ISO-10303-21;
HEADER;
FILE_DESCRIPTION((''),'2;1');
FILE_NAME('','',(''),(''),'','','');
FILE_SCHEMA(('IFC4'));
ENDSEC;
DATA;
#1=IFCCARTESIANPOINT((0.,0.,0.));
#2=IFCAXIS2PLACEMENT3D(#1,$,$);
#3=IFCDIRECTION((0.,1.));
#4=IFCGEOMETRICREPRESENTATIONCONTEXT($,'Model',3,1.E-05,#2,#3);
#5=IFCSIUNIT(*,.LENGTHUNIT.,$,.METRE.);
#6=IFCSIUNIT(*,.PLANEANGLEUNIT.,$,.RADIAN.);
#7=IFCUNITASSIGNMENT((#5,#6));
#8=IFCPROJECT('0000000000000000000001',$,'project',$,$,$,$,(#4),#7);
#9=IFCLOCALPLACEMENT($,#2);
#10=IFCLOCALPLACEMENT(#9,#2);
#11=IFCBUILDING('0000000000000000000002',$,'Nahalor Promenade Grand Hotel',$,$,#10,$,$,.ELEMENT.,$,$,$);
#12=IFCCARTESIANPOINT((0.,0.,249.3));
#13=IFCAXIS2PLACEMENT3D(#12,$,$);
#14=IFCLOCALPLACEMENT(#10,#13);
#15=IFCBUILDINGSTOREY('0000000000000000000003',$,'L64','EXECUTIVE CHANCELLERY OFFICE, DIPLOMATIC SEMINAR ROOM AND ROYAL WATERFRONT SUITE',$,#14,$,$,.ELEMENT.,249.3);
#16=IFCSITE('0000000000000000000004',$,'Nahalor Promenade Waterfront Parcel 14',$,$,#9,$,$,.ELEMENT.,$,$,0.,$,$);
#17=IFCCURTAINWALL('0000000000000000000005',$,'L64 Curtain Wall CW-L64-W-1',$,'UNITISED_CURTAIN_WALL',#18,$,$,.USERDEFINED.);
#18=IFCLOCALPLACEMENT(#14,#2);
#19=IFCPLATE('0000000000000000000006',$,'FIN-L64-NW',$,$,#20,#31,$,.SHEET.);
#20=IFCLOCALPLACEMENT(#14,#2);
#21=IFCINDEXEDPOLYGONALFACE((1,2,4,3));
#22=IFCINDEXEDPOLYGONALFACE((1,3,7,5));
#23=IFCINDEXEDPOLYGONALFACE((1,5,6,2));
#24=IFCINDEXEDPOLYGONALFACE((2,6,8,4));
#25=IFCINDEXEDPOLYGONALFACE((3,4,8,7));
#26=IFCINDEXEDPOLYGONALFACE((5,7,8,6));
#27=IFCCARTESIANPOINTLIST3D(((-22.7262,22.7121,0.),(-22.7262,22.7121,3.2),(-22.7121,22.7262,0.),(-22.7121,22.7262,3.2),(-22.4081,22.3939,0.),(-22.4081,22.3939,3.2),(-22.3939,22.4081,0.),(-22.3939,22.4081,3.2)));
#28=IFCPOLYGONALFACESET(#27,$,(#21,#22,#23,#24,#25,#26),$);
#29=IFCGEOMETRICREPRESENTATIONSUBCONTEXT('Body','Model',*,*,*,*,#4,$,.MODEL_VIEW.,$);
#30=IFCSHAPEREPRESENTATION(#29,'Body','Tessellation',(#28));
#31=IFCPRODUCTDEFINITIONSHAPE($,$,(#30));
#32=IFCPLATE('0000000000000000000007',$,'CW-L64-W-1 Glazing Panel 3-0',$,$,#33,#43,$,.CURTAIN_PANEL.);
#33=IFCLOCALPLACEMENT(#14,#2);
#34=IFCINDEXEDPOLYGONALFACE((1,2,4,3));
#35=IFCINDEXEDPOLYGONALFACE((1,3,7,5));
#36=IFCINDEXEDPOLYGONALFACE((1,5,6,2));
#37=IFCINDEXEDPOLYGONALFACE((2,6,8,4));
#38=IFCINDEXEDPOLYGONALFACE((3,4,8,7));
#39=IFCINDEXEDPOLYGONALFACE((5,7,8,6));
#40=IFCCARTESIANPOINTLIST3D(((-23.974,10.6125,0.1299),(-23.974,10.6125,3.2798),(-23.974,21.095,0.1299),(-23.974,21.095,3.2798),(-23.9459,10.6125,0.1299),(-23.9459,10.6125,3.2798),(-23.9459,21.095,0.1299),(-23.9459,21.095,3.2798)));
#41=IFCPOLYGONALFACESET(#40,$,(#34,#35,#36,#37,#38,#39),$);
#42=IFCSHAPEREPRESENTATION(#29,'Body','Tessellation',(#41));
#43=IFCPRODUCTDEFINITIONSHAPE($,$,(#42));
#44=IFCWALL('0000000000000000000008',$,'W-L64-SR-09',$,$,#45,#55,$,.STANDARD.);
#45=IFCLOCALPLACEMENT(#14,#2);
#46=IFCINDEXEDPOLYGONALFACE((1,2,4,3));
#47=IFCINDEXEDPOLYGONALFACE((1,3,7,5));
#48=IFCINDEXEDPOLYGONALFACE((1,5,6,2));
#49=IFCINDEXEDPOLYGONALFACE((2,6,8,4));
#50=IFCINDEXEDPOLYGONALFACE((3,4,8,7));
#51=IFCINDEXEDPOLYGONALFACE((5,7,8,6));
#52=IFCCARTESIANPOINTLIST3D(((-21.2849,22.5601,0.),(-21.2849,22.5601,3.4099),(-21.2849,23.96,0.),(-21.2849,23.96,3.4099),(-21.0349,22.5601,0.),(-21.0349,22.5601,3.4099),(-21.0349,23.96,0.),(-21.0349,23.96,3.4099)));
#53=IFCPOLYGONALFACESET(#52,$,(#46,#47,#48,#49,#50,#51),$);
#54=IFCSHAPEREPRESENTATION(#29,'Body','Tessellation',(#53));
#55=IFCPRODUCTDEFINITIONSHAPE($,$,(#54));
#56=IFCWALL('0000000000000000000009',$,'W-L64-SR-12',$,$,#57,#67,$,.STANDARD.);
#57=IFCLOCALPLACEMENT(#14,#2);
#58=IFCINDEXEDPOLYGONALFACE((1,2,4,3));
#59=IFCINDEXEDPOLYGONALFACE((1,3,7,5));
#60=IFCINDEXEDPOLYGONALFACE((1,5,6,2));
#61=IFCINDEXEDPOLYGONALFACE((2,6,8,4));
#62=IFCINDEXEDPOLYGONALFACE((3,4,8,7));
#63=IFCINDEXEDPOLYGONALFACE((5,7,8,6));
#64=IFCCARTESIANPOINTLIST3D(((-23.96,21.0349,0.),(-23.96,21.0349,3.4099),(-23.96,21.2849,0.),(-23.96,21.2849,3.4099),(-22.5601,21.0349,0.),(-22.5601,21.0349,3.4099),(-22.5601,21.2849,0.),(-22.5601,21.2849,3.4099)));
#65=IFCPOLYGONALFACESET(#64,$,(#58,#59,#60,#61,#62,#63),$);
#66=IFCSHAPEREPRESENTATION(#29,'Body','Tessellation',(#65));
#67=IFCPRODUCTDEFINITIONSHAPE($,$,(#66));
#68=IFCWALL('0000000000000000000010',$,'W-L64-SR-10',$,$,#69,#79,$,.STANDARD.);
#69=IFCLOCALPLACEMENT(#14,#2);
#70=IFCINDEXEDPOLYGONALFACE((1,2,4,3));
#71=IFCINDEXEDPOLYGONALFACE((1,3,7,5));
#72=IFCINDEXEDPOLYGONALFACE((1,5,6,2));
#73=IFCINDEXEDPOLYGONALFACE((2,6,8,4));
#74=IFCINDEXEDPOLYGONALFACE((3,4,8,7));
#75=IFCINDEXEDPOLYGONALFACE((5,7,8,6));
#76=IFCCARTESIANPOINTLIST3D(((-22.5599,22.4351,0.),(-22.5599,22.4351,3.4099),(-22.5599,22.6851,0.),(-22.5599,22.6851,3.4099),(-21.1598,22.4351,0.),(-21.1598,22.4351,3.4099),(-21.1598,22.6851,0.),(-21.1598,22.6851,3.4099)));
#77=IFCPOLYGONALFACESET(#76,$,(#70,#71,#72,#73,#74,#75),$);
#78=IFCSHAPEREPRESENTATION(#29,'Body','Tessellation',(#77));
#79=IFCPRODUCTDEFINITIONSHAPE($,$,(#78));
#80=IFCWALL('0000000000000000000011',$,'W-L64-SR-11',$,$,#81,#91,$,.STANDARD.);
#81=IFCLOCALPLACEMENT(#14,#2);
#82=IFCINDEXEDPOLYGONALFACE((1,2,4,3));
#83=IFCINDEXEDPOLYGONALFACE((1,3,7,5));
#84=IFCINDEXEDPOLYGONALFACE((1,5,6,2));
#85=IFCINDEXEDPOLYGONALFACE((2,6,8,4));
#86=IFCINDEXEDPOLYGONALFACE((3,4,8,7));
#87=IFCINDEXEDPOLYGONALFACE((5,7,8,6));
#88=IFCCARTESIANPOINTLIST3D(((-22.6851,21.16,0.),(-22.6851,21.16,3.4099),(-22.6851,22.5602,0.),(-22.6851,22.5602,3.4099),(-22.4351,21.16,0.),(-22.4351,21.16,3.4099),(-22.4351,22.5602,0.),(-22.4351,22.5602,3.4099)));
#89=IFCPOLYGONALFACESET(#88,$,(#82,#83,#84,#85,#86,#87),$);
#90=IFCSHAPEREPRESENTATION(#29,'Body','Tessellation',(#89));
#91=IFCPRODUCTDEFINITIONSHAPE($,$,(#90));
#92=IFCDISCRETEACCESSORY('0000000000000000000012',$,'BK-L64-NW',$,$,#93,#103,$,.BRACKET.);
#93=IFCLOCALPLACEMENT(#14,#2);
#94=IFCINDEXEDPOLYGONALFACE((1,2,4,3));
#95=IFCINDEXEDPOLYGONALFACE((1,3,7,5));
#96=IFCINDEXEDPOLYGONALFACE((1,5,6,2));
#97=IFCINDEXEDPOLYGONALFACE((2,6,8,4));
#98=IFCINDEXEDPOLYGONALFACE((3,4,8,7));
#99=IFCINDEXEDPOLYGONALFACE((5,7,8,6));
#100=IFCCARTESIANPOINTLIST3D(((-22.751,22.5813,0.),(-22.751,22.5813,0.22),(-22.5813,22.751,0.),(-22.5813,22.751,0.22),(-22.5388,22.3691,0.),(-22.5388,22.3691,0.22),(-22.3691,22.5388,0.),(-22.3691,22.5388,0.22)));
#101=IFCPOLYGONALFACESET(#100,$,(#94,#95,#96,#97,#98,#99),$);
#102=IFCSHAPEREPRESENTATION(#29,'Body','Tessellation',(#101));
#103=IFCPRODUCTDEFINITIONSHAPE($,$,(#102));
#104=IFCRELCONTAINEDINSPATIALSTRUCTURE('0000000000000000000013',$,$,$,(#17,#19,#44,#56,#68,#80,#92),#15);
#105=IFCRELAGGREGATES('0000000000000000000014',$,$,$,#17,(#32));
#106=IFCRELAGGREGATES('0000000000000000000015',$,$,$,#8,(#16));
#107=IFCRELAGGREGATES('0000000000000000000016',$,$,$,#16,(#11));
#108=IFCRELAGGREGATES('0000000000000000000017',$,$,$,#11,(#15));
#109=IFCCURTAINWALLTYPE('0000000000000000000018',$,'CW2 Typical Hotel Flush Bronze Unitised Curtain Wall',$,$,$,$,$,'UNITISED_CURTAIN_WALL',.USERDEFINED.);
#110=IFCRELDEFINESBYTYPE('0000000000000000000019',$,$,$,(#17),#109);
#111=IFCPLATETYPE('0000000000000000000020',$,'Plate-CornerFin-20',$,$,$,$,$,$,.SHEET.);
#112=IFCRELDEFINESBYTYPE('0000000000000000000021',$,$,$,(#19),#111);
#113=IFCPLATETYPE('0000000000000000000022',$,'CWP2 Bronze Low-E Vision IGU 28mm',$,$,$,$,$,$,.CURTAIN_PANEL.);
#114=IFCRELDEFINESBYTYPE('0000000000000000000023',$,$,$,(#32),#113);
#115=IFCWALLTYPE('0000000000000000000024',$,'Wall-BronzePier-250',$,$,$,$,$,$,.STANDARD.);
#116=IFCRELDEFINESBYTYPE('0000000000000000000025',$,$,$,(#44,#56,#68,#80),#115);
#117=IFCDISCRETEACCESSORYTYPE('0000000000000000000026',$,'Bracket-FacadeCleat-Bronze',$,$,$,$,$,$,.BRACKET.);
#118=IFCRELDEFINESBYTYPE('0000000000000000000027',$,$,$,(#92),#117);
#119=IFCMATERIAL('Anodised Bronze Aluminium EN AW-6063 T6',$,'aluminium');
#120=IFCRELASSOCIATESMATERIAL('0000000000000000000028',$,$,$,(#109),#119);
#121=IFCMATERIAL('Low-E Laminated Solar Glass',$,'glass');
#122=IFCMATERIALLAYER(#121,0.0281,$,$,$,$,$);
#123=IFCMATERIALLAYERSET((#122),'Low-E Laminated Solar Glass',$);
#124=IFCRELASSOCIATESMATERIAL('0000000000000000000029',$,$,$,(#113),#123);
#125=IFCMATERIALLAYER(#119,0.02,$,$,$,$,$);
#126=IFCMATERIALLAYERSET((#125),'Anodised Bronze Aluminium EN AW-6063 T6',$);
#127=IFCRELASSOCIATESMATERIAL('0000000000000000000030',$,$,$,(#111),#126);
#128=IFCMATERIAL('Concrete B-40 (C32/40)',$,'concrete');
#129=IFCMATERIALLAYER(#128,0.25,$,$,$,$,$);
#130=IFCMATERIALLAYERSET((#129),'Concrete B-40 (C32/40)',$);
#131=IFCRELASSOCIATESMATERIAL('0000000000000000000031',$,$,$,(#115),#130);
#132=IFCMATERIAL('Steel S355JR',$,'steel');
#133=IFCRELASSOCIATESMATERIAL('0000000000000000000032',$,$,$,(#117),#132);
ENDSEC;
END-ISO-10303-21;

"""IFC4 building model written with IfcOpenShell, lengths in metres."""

from ifc_helpers import new_model, si_unit, direction, frame, frame_2d, origin, origin_2d, place, context, subcontext, project, spatial, rectangle, extrude, source, transform, mapped, material, layer, layer_set, type_object, element, aggregate, save


model = new_model("IFC4")

# Units and contexts
model_context = context("Model", 3, precision=1e-05, world=origin(), true_north=direction((0.0, 1.0)))
body_context = subcontext(model_context, "Body", "Model", "MODEL_VIEW")
ifc_project = project(units=[si_unit("LENGTHUNIT", "METRE"), si_unit("PLANEANGLEUNIT", "RADIAN")], contexts=[model_context])

# Site, building, storey
site_placement = place(None, origin())
site = spatial("IfcSite", under=ifc_project, at=site_placement, Name="Nahalor Promenade Waterfront Parcel 14", CompositionType="ELEMENT", RefElevation=0.0)
building_placement = place(site_placement, origin())
building = spatial("IfcBuilding", under=site, at=building_placement, Name="Nahalor Promenade Grand Hotel", CompositionType="ELEMENT")
storey_placement = place(building_placement, frame((0.0, 0.0, 249.3)))
storey = spatial("IfcBuildingStorey", under=building, at=storey_placement, Name="L64", Description="EXECUTIVE CHANCELLERY OFFICE, DIPLOMATIC SEMINAR ROOM AND ROYAL WATERFRONT SUITE", CompositionType="ELEMENT", Elevation=249.3)

# Shared definitions
ifc_material_1 = material(Name="Steel S355JR", Category="steel")

# Shared definitions
ifc_material_2 = material(Name="Anodised Bronze Aluminium EN AW-6063 T6", Category="aluminium")
curtain_wall_type = type_object("IfcCurtainWallType", Name="CW2 Typical Hotel Flush Bronze Unitised Curtain Wall", ElementType="UNITISED_CURTAIN_WALL", PredefinedType="USERDEFINED", material=ifc_material_2)

# Curtain wall
curtain_wall_1_placement = place(storey_placement, origin())
curtain_wall_1 = element("IfcCurtainWall", 1, at=curtain_wall_1_placement, inside=storey, type_object=curtain_wall_type, Name="L64 Curtain Wall CW-L64-W-1", ObjectType="UNITISED_CURTAIN_WALL", PredefinedType="USERDEFINED")

# Plates
ifc_material_3 = material(Name="Low-E Laminated Solar Glass", Category="glass")
ifc_layer_1 = layer(ifc_material_3, 0.0281)
ifc_layer_set_1 = layer_set([ifc_layer_1], Name="Low-E Laminated Solar Glass")
plate_type_1 = type_object("IfcPlateType", Name="CWP2 Bronze Low-E Vision IGU 28mm", PredefinedType="CURTAIN_PANEL", material=ifc_layer_set_1)
ifc_layer_2 = layer(ifc_material_2, 0.02)
ifc_layer_set_2 = layer_set([ifc_layer_2], Name="Anodised Bronze Aluminium EN AW-6063 T6")
plate_type_2 = type_object("IfcPlateType", Name="Plate-CornerFin-20", PredefinedType="SHEET", material=ifc_layer_set_2)
shared_shape_1 = source(origin(), body_context, "Body", "SweptSolid", [
    extrude(rectangle(XDim=0.45, YDim=0.02, at=origin_2d()), origin(), (0.0, 0.0, 1.0), 3.2),
])
plate_1_placement = place(storey_placement, frame((-22.5601, 22.5601, 0.0), z_axis=(0.0, 0.0, 1.0), x_axis=(-0.707107, 0.707107, 0.0)))
element("IfcPlate", 2, at=plate_1_placement, inside=storey, type_object=plate_type_2, Name="FIN-L64-NW", PredefinedType="SHEET", context=body_context, shape_type="MappedRepresentation", body=[
    mapped(shared_shape_1, transform((0.0, 0.0, 0.0), scale=1.0)),
])
shared_shape_2 = source(origin(), body_context, "Body", "SweptSolid", [
    extrude(rectangle(XDim=10.4824, YDim=0.0281, at=origin_2d()), origin(), (0.0, 0.0, 1.0), 3.1499),
])
plate_2_placement = place(storey_placement, frame((-23.96, 15.8538, 0.1299), z_axis=(0.0, 0.0, 1.0), x_axis=(0.0, 1.0, 0.0)))
plate_2 = element("IfcPlate", 3, at=plate_2_placement, type_object=plate_type_1, Name="CW-L64-W-1 Glazing Panel 3-0", PredefinedType="CURTAIN_PANEL", context=body_context, shape_type="MappedRepresentation", body=[
    mapped(shared_shape_2, transform((0.0, 0.0, 0.0), scale=1.0)),
])
aggregate(curtain_wall_1, [plate_2])

# Walls
ifc_material_4 = material(Name="Concrete B-40 (C32/40)", Category="concrete")
ifc_layer_3 = layer(ifc_material_4, 0.25)
ifc_layer_set_3 = layer_set([ifc_layer_3], Name="Concrete B-40 (C32/40)")
wall_type = type_object("IfcWallType", Name="Wall-BronzePier-250", PredefinedType="STANDARD", material=ifc_layer_set_3)
shared_shape_3 = source(origin(), body_context, "Body", "SweptSolid", [
    extrude(rectangle(XDim=1.3999, YDim=0.25, at=frame_2d((0.7, 0.0))), origin(), (0.0, 0.0, 1.0), 3.4099),
])
for number, where, z_axis, x_axis, name in (
    (4, (-21.1599, 22.5601, 0.0), (0.0, 0.0, 1.0), (0.0, 1.0, 0.0), "W-L64-SR-09"),
    (5, (-23.96, 21.1599, 0.0), (0.0, 0.0, 1.0), (1.0, 0.0, 0.0), "W-L64-SR-12"),
):
    element("IfcWall", number, at=place(storey_placement, frame(where, z_axis=z_axis, x_axis=x_axis)), inside=storey, type_object=wall_type, Name=name, PredefinedType="STANDARD", context=body_context, shape_type="MappedRepresentation", body=[
        mapped(shared_shape_3, transform((0.0, 0.0, 0.0), scale=1.0)),
    ])
shared_shape_4 = source(origin(), body_context, "Body", "SweptSolid", [
    extrude(rectangle(XDim=1.4001, YDim=0.25, at=frame_2d((0.7002, 0.0))), origin(), (0.0, 0.0, 1.0), 3.4099),
])
for number, where, z_axis, x_axis, name in (
    (6, (-22.5601, 22.5601, 0.0), (0.0, 0.0, 1.0), (1.0, 0.0, 0.0), "W-L64-SR-10"),
    (7, (-22.5601, 21.1599, 0.0), (0.0, 0.0, 1.0), (0.0, 1.0, 0.0), "W-L64-SR-11"),
):
    element("IfcWall", number, at=place(storey_placement, frame(where, z_axis=z_axis, x_axis=x_axis)), inside=storey, type_object=wall_type, Name=name, PredefinedType="STANDARD", context=body_context, shape_type="MappedRepresentation", body=[
        mapped(shared_shape_4, transform((0.0, 0.0, 0.0), scale=1.0)),
    ])

# Discrete accessory
discrete_accessory_type = type_object("IfcDiscreteAccessoryType", Name="Bracket-FacadeCleat-Bronze", PredefinedType="BRACKET", material=ifc_material_1)
shared_shape_5 = source(origin(), body_context, "Body", "SweptSolid", [
    extrude(rectangle(XDim=0.3, YDim=0.24, at=origin_2d()), origin(), (0.0, 0.0, 1.0), 0.22),
])
discrete_accessory_placement = place(storey_placement, frame((-22.5601, 22.5601, 0.0), z_axis=(0.0, 0.0, 1.0), x_axis=(-0.707107, 0.707107, 0.0)))
element("IfcDiscreteAccessory", 8, at=discrete_accessory_placement, inside=storey, type_object=discrete_accessory_type, Name="BK-L64-NW", PredefinedType="BRACKET", context=body_context, shape_type="MappedRepresentation", body=[
    mapped(shared_shape_5, transform((0.0, 0.0, 0.0), scale=1.0)),
])

save(model, "model.ifc")
